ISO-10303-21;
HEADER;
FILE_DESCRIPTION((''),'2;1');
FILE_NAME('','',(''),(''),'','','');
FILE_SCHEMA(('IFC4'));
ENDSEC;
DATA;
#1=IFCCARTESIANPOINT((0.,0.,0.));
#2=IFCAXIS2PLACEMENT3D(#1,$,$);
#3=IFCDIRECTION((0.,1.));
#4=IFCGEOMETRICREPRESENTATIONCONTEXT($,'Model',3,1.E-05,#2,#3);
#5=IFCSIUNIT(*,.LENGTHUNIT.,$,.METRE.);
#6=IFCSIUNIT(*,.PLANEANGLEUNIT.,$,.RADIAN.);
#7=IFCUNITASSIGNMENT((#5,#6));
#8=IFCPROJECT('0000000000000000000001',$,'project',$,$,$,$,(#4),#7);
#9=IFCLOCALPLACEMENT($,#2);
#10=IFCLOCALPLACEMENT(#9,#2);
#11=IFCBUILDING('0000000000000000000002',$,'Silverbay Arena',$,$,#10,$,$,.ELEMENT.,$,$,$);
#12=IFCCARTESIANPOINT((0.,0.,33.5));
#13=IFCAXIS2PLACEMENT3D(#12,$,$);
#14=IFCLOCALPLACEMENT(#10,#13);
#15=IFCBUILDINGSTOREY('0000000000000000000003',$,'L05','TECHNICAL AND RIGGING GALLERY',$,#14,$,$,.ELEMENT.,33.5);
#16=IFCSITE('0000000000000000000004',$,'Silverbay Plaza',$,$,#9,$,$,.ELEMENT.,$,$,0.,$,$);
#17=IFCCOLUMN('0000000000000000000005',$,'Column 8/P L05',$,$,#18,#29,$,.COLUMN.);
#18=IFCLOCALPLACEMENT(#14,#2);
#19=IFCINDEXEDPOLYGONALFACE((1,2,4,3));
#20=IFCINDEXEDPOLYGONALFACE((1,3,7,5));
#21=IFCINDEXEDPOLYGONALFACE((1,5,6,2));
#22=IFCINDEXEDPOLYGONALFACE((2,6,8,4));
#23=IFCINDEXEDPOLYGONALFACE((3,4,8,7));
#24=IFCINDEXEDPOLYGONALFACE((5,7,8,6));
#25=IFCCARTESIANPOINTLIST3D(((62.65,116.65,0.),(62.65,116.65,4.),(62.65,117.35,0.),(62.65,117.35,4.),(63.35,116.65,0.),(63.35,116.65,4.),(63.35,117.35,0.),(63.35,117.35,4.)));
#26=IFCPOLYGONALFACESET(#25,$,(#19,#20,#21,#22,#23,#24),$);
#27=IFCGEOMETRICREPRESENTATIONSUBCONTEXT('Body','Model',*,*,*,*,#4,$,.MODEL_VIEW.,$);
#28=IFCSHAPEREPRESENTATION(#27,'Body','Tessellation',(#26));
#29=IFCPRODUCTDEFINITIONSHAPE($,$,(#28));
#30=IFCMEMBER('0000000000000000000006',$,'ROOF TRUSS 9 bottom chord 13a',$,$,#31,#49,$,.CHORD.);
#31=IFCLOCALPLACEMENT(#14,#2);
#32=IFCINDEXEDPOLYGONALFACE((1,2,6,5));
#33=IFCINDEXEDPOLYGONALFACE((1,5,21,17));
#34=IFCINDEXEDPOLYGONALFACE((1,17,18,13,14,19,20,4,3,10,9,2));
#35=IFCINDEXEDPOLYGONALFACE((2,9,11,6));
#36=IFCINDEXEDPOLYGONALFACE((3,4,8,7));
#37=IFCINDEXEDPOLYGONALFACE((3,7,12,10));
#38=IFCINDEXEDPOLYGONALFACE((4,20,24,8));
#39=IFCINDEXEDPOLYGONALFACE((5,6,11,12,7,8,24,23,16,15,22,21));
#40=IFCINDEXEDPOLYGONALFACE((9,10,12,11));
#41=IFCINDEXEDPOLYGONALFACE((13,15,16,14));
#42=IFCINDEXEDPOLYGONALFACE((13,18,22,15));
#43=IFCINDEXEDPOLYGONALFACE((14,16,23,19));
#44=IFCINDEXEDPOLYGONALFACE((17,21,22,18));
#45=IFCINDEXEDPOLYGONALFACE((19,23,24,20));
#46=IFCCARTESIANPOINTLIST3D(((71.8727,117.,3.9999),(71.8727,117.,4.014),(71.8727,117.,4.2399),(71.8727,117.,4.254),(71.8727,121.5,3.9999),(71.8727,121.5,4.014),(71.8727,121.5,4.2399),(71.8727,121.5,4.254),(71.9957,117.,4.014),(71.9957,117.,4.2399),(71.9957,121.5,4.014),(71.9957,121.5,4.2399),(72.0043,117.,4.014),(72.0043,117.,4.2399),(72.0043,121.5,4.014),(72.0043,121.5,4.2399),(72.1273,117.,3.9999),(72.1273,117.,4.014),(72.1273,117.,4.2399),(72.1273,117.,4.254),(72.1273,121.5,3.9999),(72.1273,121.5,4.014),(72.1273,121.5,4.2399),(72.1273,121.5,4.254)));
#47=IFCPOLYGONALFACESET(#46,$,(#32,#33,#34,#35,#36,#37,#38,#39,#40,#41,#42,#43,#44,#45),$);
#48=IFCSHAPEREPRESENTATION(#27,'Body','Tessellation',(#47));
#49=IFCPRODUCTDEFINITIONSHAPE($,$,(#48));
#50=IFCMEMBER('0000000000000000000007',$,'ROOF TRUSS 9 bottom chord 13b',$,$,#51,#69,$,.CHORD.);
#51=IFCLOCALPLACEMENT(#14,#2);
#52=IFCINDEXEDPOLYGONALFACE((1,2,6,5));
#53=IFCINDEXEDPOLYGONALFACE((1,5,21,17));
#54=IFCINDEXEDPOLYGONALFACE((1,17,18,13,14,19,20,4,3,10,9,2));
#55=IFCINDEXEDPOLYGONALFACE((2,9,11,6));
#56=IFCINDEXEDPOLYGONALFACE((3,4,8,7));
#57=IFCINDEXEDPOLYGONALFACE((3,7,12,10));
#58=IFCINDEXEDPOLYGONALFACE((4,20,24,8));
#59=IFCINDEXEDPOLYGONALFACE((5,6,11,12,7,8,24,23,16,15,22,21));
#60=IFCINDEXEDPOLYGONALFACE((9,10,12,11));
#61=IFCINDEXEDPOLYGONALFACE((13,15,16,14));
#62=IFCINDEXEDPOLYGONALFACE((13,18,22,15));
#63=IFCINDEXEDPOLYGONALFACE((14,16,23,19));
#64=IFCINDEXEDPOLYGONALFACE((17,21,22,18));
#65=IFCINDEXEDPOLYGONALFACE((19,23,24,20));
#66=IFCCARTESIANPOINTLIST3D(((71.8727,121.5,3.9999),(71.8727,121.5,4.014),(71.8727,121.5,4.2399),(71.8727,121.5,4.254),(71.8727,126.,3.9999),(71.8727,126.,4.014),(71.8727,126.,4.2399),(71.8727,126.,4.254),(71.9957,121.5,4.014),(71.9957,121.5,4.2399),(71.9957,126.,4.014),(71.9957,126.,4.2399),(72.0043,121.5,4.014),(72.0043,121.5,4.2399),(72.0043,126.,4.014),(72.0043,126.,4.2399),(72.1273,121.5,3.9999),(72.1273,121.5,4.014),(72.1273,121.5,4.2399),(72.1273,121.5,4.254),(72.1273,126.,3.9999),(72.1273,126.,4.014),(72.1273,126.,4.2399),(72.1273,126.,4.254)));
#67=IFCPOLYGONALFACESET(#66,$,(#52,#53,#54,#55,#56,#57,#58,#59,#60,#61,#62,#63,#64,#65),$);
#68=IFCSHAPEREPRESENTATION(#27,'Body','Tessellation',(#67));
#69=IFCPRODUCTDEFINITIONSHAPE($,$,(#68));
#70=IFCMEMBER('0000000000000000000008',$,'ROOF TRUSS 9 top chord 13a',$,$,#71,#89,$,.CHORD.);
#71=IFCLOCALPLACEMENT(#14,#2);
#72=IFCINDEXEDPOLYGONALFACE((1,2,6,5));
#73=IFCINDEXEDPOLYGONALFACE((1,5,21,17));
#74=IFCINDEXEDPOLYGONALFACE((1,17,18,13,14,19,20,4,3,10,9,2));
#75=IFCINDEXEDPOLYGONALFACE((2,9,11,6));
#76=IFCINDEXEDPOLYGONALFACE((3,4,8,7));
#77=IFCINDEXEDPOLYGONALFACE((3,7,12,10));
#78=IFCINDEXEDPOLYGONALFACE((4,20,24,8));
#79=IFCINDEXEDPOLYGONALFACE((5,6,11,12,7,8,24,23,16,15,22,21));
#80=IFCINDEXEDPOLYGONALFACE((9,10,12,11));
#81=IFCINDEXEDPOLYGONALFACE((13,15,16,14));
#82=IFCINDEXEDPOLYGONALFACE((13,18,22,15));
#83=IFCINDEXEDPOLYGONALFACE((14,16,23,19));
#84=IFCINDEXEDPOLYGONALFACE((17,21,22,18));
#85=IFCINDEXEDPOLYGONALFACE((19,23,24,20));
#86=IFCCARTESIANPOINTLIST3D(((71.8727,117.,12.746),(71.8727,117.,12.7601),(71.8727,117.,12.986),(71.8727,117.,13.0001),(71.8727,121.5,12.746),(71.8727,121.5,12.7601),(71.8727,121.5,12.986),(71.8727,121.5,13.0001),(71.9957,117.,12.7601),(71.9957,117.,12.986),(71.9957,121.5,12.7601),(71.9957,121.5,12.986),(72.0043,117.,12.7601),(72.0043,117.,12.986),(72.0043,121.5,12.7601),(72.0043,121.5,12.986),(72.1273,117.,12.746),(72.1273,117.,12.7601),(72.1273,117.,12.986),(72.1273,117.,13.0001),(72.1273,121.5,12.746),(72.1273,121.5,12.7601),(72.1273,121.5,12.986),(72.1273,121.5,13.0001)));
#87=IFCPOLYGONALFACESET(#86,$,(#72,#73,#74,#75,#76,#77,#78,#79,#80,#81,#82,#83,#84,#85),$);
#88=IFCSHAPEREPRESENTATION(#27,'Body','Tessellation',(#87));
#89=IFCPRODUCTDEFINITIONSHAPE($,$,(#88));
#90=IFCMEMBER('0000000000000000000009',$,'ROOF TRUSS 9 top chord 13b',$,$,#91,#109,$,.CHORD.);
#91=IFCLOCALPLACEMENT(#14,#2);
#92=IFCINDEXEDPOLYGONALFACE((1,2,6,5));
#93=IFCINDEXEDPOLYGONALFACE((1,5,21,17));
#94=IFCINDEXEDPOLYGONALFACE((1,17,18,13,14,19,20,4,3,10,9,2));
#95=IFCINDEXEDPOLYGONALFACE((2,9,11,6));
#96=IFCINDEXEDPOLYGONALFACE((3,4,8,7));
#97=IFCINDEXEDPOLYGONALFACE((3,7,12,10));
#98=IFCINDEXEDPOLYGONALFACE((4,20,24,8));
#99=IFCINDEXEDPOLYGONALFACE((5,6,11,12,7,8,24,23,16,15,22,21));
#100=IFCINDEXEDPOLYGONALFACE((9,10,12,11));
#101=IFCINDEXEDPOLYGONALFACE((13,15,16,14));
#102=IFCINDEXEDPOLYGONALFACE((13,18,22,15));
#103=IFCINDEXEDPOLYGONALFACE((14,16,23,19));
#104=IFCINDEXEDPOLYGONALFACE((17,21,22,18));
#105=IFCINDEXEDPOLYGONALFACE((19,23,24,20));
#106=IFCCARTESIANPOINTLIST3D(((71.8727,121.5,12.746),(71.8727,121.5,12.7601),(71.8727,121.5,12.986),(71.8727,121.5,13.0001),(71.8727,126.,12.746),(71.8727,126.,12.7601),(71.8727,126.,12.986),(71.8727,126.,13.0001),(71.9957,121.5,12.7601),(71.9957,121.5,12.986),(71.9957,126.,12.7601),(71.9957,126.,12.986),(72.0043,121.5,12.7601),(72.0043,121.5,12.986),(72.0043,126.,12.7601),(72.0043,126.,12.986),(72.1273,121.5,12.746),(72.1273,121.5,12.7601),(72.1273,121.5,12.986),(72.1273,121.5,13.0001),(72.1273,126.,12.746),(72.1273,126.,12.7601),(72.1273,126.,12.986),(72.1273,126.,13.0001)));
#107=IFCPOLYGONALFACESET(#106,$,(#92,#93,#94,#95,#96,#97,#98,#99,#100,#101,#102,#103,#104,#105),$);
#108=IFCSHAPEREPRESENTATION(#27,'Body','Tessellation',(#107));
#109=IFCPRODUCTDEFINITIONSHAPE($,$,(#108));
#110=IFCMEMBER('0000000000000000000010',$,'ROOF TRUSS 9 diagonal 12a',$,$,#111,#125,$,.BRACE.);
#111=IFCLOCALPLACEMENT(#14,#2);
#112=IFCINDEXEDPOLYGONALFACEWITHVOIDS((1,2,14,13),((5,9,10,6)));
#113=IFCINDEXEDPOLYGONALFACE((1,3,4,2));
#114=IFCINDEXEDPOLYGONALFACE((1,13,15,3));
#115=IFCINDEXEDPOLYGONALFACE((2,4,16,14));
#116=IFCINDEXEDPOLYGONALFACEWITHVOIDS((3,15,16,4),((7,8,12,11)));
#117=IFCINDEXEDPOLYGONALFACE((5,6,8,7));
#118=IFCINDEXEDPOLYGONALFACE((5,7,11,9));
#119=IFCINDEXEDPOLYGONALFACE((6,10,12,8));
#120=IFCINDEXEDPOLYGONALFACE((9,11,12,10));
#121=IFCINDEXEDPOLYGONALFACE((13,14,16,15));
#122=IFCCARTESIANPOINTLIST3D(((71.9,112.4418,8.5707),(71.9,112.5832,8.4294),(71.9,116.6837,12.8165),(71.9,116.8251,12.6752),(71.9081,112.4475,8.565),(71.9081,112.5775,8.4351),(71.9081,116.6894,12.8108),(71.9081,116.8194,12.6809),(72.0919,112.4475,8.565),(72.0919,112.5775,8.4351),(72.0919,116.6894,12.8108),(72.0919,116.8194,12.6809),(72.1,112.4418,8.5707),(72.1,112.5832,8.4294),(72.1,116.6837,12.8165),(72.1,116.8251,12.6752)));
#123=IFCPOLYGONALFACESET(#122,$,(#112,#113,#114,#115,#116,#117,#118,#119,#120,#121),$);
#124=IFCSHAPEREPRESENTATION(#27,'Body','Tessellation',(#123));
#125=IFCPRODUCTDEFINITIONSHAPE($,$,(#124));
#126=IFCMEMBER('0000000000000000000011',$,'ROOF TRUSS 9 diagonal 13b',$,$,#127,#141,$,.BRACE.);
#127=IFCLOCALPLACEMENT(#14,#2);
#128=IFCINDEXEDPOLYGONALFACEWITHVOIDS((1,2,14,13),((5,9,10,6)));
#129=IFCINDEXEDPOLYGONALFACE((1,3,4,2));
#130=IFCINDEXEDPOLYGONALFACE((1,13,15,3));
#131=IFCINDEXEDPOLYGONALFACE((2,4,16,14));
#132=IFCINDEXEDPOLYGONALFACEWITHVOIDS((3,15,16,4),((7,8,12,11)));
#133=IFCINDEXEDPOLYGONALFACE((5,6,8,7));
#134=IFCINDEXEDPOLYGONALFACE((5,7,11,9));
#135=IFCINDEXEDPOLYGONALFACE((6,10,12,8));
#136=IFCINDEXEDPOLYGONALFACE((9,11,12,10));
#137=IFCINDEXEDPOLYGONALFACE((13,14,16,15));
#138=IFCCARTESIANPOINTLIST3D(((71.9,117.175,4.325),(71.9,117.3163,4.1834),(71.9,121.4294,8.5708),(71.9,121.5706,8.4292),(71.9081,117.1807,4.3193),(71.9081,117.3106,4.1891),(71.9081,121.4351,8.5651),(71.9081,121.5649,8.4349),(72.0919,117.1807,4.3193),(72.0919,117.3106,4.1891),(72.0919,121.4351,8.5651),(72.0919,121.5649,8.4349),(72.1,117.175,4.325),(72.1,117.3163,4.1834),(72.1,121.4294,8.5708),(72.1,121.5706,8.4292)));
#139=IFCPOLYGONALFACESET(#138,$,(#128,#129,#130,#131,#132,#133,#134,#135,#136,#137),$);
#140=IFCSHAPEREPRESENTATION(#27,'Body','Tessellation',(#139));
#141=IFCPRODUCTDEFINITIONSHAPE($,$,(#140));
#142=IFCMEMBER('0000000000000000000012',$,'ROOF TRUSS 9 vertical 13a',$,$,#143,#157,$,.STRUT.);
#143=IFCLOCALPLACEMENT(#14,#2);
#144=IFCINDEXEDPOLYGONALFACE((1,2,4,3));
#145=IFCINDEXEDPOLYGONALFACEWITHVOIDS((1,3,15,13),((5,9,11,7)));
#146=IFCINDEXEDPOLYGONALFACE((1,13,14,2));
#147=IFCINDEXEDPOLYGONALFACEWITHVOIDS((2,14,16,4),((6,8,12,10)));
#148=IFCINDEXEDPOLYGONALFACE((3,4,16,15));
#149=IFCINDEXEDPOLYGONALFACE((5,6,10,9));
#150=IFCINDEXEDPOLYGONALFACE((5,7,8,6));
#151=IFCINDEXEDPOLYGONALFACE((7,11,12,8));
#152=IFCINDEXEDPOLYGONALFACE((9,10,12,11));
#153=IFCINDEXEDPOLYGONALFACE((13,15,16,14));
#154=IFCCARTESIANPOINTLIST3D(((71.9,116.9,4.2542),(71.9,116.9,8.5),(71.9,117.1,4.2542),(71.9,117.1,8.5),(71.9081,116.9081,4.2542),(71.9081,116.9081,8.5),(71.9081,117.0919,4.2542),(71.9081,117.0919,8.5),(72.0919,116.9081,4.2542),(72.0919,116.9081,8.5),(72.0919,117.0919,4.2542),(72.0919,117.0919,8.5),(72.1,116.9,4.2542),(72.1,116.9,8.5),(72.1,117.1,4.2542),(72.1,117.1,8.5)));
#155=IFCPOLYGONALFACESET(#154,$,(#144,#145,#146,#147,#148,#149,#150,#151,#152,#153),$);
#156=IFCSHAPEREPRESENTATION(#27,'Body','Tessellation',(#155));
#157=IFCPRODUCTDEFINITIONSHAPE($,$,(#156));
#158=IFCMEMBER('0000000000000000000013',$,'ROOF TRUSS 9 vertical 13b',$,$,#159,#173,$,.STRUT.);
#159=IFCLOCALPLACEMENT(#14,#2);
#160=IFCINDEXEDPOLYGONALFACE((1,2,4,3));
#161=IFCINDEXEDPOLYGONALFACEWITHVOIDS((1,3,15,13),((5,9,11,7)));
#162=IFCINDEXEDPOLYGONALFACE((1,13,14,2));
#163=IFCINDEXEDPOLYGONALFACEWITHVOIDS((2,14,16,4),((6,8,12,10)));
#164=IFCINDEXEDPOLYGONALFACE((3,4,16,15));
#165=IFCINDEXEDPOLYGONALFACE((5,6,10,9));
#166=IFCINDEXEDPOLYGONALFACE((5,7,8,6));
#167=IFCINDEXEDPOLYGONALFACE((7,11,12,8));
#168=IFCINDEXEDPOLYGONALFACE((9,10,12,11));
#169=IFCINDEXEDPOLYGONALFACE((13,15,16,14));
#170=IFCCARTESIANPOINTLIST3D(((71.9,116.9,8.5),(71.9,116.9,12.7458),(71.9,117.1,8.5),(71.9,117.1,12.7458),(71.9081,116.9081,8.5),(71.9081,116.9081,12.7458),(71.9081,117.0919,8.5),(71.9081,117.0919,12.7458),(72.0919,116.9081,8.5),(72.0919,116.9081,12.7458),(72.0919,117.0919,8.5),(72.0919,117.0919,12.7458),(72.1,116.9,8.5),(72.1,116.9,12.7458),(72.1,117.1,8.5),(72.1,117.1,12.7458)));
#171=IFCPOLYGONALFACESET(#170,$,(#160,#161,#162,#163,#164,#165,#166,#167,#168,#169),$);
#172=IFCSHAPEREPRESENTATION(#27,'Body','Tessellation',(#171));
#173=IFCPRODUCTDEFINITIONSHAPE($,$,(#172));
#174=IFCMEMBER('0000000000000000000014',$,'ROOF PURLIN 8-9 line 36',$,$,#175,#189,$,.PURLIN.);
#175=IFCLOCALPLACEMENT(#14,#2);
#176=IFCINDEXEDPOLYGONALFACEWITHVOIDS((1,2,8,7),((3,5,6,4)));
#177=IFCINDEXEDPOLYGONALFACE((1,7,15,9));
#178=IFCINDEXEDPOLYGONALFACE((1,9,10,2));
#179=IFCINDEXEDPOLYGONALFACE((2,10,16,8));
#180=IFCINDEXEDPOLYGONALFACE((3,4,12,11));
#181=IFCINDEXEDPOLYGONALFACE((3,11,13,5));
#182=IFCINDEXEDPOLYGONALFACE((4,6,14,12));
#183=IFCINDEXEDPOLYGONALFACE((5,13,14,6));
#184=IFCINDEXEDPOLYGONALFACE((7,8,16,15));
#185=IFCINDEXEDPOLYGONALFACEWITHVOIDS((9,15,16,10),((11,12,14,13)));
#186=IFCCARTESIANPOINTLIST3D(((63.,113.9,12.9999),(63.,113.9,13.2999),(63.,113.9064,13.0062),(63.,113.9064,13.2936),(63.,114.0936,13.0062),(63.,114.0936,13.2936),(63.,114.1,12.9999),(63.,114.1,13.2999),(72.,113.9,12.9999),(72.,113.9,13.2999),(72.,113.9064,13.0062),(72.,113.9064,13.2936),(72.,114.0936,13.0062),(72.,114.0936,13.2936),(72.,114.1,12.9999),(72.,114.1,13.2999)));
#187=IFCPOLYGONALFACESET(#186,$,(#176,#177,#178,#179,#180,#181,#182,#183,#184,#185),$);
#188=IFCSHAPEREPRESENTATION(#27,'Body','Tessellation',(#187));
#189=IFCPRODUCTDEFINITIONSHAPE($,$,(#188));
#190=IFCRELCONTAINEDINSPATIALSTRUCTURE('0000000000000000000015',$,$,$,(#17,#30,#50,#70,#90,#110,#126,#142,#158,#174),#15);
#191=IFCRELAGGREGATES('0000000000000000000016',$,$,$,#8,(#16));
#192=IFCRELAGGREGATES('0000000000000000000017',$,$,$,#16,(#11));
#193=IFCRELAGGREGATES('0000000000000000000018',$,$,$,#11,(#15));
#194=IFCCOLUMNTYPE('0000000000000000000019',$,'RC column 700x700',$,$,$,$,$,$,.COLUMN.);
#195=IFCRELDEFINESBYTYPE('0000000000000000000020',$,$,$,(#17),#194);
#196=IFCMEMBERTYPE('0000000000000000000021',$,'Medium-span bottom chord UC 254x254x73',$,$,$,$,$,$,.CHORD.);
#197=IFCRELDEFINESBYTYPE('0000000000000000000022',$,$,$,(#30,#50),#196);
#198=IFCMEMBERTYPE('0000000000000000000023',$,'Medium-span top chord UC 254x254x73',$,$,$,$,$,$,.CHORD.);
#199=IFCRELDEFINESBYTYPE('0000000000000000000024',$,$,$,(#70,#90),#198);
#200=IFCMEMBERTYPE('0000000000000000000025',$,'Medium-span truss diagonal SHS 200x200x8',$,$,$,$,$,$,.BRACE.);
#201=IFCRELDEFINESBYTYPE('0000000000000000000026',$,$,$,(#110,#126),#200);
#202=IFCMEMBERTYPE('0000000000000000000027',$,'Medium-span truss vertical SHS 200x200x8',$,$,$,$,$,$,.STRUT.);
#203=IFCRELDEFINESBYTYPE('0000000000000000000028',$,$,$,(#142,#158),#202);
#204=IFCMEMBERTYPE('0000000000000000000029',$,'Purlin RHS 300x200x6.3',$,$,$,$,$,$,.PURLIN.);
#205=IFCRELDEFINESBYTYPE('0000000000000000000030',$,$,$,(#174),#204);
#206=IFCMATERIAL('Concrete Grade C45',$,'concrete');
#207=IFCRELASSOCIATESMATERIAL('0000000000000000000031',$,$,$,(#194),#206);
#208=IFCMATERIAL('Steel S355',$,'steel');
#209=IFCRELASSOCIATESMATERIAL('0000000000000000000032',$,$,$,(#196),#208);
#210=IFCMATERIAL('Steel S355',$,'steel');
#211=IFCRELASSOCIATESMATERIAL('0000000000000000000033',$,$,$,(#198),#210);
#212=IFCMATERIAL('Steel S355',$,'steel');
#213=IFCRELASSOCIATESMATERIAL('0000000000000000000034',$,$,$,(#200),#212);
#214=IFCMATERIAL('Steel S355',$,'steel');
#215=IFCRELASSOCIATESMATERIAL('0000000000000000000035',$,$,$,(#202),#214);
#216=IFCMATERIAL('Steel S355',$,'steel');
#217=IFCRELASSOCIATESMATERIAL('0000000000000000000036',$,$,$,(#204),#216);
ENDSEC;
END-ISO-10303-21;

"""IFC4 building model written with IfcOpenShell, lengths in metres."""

from ifc_helpers import new_model, si_unit, direction, frame, origin, origin_2d, place, context, subcontext, project, spatial, rectangle, hollow_rectangle, i_section, extrude, material, material_profile, profile_set, type_object, element, save


model = new_model("IFC4")

# Units and contexts
model_context = context("Model", 3, precision=1e-05, world=origin(), true_north=direction((0.0, 1.0)))
body_context = subcontext(model_context, "Body", "Model", "MODEL_VIEW")
ifc_project = project(units=[si_unit("LENGTHUNIT", "METRE"), si_unit("PLANEANGLEUNIT", "RADIAN")], contexts=[model_context])

# Site, building, storey
site_placement = place(None, origin())
site = spatial("IfcSite", under=ifc_project, at=site_placement, Name="Silverbay Plaza", CompositionType="ELEMENT", RefElevation=0.0)
building_placement = place(site_placement, origin())
building = spatial("IfcBuilding", under=site, at=building_placement, Name="Silverbay Arena", CompositionType="ELEMENT")
storey_placement = place(building_placement, frame((0.0, 0.0, 33.5)))
storey = spatial("IfcBuildingStorey", under=building, at=storey_placement, Name="L05", Description="TECHNICAL AND RIGGING GALLERY", CompositionType="ELEMENT", Elevation=33.5)

# Column
ifc_material_1 = material(Name="Concrete Grade C45", Category="concrete")
ifc_material_profile_1 = material_profile(ifc_material_1, rectangle(XDim=0.7, YDim=0.7, at=origin_2d()), Name="RC 700x700")
ifc_profile_set_1 = profile_set([ifc_material_profile_1], Name="Concrete Grade C45")
column_type = type_object("IfcColumnType", Name="RC column 700x700", PredefinedType="COLUMN", material=ifc_profile_set_1)
column_placement = place(storey_placement, frame((63.0, 117.0, 0.0), z_axis=(0.0, 0.0, 1.0), x_axis=(1.0, 0.0, 0.0)))
element("IfcColumn", 1, at=column_placement, inside=storey, type_object=column_type, Name="Column 8/P L05", PredefinedType="COLUMN", context=body_context, shape_type="SweptSolid", body=[
    extrude(rectangle(XDim=0.7, YDim=0.7, at=origin_2d()), origin(), (0.0, 0.0, 1.0), 4.0),
])

# Members
ifc_material_2 = material(Name="Steel S355", Category="steel")
ifc_material_profile_2 = material_profile(ifc_material_2, i_section(OverallWidth=0.2546, OverallDepth=0.2542, WebThickness=0.0085, FlangeThickness=0.0142, at=origin_2d()), Name="UC 254x254x73")
ifc_profile_set_2 = profile_set([ifc_material_profile_2], Name="Steel S355")
member_type_1 = type_object("IfcMemberType", Name="Medium-span bottom chord UC 254x254x73", PredefinedType="CHORD", material=ifc_profile_set_2)
for number, where, z_axis, x_axis, name in (
    (2, (72.0, 117.0, 4.127), (0.0, 1.0, 0.0), (-1.0, 0.0, 0.0), "ROOF TRUSS 9 bottom chord 13a"),
    (3, (72.0, 121.5, 4.127), (0.0, 1.0, 0.0), (-1.0, 0.0, 0.0), "ROOF TRUSS 9 bottom chord 13b"),
):
    element("IfcMember", number, at=place(storey_placement, frame(where, z_axis=z_axis, x_axis=x_axis)), inside=storey, type_object=member_type_1, Name=name, PredefinedType="CHORD", context=body_context, shape_type="SweptSolid", body=[
        extrude(i_section(OverallWidth=0.2546, OverallDepth=0.2542, WebThickness=0.0085, FlangeThickness=0.0142, at=origin_2d()), origin(), (0.0, 0.0, 1.0), 4.5),
    ])
ifc_material_3 = material(Name="Steel S355", Category="steel")
ifc_material_profile_3 = material_profile(ifc_material_3, i_section(OverallWidth=0.2546, OverallDepth=0.2542, WebThickness=0.0085, FlangeThickness=0.0142, at=origin_2d()), Name="UC 254x254x73")
ifc_profile_set_3 = profile_set([ifc_material_profile_3], Name="Steel S355")
member_type_2 = type_object("IfcMemberType", Name="Medium-span top chord UC 254x254x73", PredefinedType="CHORD", material=ifc_profile_set_3)
for number, where, z_axis, x_axis, name in (
    (4, (72.0, 117.0, 12.873), (0.0, 1.0, 0.0), (-1.0, 0.0, 0.0), "ROOF TRUSS 9 top chord 13a"),
    (5, (72.0, 121.5, 12.873), (0.0, 1.0, 0.0), (-1.0, 0.0, 0.0), "ROOF TRUSS 9 top chord 13b"),
):
    element("IfcMember", number, at=place(storey_placement, frame(where, z_axis=z_axis, x_axis=x_axis)), inside=storey, type_object=member_type_2, Name=name, PredefinedType="CHORD", context=body_context, shape_type="SweptSolid", body=[
        extrude(i_section(OverallWidth=0.2546, OverallDepth=0.2542, WebThickness=0.0085, FlangeThickness=0.0142, at=origin_2d()), origin(), (0.0, 0.0, 1.0), 4.5),
    ])
ifc_material_4 = material(Name="Steel S355", Category="steel")
ifc_material_profile_4 = material_profile(ifc_material_4, hollow_rectangle(XDim=0.2, YDim=0.2, WallThickness=0.0081, at=origin_2d()), Name="SHS 200x200x8")
ifc_profile_set_4 = profile_set([ifc_material_profile_4], Name="Steel S355")
member_type_3 = type_object("IfcMemberType", Name="Medium-span truss diagonal SHS 200x200x8", PredefinedType="BRACE", material=ifc_profile_set_4)
member_1_placement = place(storey_placement, frame((72.0, 116.7544, 12.7458), z_axis=(0.0, -0.706781, -0.707432), x_axis=(1.0, 0.0, 0.0)))
element("IfcMember", 6, at=member_1_placement, inside=storey, type_object=member_type_3, Name="ROOF TRUSS 9 diagonal 12a", PredefinedType="BRACE", context=body_context, shape_type="SweptSolid", body=[
    extrude(hollow_rectangle(XDim=0.2, YDim=0.2, WallThickness=0.0081, at=origin_2d()), origin(), (0.0, 0.0, 1.0), 6.0017),
])
member_2_placement = place(storey_placement, frame((72.0, 121.5, 8.5), z_axis=(0.0, -0.707817, -0.706396), x_axis=(1.0, 0.0, 0.0)))
element("IfcMember", 7, at=member_2_placement, inside=storey, type_object=member_type_3, Name="ROOF TRUSS 9 diagonal 13b", PredefinedType="BRACE", context=body_context, shape_type="SweptSolid", body=[
    extrude(hollow_rectangle(XDim=0.2, YDim=0.2, WallThickness=0.0081, at=origin_2d()), origin(), (0.0, 0.0, 1.0), 6.0105),
])
ifc_material_5 = material(Name="Steel S355", Category="steel")
ifc_material_profile_5 = material_profile(ifc_material_5, hollow_rectangle(XDim=0.2, YDim=0.2, WallThickness=0.0081, at=origin_2d()), Name="SHS 200x200x8")
ifc_profile_set_5 = profile_set([ifc_material_profile_5], Name="Steel S355")
member_type_4 = type_object("IfcMemberType", Name="Medium-span truss vertical SHS 200x200x8", PredefinedType="STRUT", material=ifc_profile_set_5)
for number, where, z_axis, x_axis, name in (
    (8, (72.0, 117.0, 4.2542), (0.0, 0.0, 1.0), (1.0, 0.0, 0.0), "ROOF TRUSS 9 vertical 13a"),
    (9, (72.0, 117.0, 8.5), (0.0, 0.0, 1.0), (1.0, 0.0, 0.0), "ROOF TRUSS 9 vertical 13b"),
):
    element("IfcMember", number, at=place(storey_placement, frame(where, z_axis=z_axis, x_axis=x_axis)), inside=storey, type_object=member_type_4, Name=name, PredefinedType="STRUT", context=body_context, shape_type="SweptSolid", body=[
        extrude(hollow_rectangle(XDim=0.2, YDim=0.2, WallThickness=0.0081, at=origin_2d()), origin(), (0.0, 0.0, 1.0), 4.2458),
    ])
ifc_material_6 = material(Name="Steel S355", Category="steel")
ifc_material_profile_6 = material_profile(ifc_material_6, hollow_rectangle(XDim=0.2, YDim=0.3, WallThickness=0.0063, at=origin_2d()), Name="RHS 300x200x6.3")
ifc_profile_set_6 = profile_set([ifc_material_profile_6], Name="Steel S355")
member_type_5 = type_object("IfcMemberType", Name="Purlin RHS 300x200x6.3", PredefinedType="PURLIN", material=ifc_profile_set_6)
for number, where, z_axis, x_axis, name in (
    (10, (63.0, 114.0, 13.1499), (1.0, 0.0, 0.0), (0.0, 1.0, 0.0), "ROOF PURLIN 8-9 line 36"),
):
    element("IfcMember", number, at=place(storey_placement, frame(where, z_axis=z_axis, x_axis=x_axis)), inside=storey, type_object=member_type_5, Name=name, PredefinedType="PURLIN", context=body_context, shape_type="SweptSolid", body=[
        extrude(hollow_rectangle(XDim=0.2, YDim=0.3, WallThickness=0.0063, at=origin_2d()), origin(), (0.0, 0.0, 1.0), 9.0),
    ])

save(model, "model.ifc")
